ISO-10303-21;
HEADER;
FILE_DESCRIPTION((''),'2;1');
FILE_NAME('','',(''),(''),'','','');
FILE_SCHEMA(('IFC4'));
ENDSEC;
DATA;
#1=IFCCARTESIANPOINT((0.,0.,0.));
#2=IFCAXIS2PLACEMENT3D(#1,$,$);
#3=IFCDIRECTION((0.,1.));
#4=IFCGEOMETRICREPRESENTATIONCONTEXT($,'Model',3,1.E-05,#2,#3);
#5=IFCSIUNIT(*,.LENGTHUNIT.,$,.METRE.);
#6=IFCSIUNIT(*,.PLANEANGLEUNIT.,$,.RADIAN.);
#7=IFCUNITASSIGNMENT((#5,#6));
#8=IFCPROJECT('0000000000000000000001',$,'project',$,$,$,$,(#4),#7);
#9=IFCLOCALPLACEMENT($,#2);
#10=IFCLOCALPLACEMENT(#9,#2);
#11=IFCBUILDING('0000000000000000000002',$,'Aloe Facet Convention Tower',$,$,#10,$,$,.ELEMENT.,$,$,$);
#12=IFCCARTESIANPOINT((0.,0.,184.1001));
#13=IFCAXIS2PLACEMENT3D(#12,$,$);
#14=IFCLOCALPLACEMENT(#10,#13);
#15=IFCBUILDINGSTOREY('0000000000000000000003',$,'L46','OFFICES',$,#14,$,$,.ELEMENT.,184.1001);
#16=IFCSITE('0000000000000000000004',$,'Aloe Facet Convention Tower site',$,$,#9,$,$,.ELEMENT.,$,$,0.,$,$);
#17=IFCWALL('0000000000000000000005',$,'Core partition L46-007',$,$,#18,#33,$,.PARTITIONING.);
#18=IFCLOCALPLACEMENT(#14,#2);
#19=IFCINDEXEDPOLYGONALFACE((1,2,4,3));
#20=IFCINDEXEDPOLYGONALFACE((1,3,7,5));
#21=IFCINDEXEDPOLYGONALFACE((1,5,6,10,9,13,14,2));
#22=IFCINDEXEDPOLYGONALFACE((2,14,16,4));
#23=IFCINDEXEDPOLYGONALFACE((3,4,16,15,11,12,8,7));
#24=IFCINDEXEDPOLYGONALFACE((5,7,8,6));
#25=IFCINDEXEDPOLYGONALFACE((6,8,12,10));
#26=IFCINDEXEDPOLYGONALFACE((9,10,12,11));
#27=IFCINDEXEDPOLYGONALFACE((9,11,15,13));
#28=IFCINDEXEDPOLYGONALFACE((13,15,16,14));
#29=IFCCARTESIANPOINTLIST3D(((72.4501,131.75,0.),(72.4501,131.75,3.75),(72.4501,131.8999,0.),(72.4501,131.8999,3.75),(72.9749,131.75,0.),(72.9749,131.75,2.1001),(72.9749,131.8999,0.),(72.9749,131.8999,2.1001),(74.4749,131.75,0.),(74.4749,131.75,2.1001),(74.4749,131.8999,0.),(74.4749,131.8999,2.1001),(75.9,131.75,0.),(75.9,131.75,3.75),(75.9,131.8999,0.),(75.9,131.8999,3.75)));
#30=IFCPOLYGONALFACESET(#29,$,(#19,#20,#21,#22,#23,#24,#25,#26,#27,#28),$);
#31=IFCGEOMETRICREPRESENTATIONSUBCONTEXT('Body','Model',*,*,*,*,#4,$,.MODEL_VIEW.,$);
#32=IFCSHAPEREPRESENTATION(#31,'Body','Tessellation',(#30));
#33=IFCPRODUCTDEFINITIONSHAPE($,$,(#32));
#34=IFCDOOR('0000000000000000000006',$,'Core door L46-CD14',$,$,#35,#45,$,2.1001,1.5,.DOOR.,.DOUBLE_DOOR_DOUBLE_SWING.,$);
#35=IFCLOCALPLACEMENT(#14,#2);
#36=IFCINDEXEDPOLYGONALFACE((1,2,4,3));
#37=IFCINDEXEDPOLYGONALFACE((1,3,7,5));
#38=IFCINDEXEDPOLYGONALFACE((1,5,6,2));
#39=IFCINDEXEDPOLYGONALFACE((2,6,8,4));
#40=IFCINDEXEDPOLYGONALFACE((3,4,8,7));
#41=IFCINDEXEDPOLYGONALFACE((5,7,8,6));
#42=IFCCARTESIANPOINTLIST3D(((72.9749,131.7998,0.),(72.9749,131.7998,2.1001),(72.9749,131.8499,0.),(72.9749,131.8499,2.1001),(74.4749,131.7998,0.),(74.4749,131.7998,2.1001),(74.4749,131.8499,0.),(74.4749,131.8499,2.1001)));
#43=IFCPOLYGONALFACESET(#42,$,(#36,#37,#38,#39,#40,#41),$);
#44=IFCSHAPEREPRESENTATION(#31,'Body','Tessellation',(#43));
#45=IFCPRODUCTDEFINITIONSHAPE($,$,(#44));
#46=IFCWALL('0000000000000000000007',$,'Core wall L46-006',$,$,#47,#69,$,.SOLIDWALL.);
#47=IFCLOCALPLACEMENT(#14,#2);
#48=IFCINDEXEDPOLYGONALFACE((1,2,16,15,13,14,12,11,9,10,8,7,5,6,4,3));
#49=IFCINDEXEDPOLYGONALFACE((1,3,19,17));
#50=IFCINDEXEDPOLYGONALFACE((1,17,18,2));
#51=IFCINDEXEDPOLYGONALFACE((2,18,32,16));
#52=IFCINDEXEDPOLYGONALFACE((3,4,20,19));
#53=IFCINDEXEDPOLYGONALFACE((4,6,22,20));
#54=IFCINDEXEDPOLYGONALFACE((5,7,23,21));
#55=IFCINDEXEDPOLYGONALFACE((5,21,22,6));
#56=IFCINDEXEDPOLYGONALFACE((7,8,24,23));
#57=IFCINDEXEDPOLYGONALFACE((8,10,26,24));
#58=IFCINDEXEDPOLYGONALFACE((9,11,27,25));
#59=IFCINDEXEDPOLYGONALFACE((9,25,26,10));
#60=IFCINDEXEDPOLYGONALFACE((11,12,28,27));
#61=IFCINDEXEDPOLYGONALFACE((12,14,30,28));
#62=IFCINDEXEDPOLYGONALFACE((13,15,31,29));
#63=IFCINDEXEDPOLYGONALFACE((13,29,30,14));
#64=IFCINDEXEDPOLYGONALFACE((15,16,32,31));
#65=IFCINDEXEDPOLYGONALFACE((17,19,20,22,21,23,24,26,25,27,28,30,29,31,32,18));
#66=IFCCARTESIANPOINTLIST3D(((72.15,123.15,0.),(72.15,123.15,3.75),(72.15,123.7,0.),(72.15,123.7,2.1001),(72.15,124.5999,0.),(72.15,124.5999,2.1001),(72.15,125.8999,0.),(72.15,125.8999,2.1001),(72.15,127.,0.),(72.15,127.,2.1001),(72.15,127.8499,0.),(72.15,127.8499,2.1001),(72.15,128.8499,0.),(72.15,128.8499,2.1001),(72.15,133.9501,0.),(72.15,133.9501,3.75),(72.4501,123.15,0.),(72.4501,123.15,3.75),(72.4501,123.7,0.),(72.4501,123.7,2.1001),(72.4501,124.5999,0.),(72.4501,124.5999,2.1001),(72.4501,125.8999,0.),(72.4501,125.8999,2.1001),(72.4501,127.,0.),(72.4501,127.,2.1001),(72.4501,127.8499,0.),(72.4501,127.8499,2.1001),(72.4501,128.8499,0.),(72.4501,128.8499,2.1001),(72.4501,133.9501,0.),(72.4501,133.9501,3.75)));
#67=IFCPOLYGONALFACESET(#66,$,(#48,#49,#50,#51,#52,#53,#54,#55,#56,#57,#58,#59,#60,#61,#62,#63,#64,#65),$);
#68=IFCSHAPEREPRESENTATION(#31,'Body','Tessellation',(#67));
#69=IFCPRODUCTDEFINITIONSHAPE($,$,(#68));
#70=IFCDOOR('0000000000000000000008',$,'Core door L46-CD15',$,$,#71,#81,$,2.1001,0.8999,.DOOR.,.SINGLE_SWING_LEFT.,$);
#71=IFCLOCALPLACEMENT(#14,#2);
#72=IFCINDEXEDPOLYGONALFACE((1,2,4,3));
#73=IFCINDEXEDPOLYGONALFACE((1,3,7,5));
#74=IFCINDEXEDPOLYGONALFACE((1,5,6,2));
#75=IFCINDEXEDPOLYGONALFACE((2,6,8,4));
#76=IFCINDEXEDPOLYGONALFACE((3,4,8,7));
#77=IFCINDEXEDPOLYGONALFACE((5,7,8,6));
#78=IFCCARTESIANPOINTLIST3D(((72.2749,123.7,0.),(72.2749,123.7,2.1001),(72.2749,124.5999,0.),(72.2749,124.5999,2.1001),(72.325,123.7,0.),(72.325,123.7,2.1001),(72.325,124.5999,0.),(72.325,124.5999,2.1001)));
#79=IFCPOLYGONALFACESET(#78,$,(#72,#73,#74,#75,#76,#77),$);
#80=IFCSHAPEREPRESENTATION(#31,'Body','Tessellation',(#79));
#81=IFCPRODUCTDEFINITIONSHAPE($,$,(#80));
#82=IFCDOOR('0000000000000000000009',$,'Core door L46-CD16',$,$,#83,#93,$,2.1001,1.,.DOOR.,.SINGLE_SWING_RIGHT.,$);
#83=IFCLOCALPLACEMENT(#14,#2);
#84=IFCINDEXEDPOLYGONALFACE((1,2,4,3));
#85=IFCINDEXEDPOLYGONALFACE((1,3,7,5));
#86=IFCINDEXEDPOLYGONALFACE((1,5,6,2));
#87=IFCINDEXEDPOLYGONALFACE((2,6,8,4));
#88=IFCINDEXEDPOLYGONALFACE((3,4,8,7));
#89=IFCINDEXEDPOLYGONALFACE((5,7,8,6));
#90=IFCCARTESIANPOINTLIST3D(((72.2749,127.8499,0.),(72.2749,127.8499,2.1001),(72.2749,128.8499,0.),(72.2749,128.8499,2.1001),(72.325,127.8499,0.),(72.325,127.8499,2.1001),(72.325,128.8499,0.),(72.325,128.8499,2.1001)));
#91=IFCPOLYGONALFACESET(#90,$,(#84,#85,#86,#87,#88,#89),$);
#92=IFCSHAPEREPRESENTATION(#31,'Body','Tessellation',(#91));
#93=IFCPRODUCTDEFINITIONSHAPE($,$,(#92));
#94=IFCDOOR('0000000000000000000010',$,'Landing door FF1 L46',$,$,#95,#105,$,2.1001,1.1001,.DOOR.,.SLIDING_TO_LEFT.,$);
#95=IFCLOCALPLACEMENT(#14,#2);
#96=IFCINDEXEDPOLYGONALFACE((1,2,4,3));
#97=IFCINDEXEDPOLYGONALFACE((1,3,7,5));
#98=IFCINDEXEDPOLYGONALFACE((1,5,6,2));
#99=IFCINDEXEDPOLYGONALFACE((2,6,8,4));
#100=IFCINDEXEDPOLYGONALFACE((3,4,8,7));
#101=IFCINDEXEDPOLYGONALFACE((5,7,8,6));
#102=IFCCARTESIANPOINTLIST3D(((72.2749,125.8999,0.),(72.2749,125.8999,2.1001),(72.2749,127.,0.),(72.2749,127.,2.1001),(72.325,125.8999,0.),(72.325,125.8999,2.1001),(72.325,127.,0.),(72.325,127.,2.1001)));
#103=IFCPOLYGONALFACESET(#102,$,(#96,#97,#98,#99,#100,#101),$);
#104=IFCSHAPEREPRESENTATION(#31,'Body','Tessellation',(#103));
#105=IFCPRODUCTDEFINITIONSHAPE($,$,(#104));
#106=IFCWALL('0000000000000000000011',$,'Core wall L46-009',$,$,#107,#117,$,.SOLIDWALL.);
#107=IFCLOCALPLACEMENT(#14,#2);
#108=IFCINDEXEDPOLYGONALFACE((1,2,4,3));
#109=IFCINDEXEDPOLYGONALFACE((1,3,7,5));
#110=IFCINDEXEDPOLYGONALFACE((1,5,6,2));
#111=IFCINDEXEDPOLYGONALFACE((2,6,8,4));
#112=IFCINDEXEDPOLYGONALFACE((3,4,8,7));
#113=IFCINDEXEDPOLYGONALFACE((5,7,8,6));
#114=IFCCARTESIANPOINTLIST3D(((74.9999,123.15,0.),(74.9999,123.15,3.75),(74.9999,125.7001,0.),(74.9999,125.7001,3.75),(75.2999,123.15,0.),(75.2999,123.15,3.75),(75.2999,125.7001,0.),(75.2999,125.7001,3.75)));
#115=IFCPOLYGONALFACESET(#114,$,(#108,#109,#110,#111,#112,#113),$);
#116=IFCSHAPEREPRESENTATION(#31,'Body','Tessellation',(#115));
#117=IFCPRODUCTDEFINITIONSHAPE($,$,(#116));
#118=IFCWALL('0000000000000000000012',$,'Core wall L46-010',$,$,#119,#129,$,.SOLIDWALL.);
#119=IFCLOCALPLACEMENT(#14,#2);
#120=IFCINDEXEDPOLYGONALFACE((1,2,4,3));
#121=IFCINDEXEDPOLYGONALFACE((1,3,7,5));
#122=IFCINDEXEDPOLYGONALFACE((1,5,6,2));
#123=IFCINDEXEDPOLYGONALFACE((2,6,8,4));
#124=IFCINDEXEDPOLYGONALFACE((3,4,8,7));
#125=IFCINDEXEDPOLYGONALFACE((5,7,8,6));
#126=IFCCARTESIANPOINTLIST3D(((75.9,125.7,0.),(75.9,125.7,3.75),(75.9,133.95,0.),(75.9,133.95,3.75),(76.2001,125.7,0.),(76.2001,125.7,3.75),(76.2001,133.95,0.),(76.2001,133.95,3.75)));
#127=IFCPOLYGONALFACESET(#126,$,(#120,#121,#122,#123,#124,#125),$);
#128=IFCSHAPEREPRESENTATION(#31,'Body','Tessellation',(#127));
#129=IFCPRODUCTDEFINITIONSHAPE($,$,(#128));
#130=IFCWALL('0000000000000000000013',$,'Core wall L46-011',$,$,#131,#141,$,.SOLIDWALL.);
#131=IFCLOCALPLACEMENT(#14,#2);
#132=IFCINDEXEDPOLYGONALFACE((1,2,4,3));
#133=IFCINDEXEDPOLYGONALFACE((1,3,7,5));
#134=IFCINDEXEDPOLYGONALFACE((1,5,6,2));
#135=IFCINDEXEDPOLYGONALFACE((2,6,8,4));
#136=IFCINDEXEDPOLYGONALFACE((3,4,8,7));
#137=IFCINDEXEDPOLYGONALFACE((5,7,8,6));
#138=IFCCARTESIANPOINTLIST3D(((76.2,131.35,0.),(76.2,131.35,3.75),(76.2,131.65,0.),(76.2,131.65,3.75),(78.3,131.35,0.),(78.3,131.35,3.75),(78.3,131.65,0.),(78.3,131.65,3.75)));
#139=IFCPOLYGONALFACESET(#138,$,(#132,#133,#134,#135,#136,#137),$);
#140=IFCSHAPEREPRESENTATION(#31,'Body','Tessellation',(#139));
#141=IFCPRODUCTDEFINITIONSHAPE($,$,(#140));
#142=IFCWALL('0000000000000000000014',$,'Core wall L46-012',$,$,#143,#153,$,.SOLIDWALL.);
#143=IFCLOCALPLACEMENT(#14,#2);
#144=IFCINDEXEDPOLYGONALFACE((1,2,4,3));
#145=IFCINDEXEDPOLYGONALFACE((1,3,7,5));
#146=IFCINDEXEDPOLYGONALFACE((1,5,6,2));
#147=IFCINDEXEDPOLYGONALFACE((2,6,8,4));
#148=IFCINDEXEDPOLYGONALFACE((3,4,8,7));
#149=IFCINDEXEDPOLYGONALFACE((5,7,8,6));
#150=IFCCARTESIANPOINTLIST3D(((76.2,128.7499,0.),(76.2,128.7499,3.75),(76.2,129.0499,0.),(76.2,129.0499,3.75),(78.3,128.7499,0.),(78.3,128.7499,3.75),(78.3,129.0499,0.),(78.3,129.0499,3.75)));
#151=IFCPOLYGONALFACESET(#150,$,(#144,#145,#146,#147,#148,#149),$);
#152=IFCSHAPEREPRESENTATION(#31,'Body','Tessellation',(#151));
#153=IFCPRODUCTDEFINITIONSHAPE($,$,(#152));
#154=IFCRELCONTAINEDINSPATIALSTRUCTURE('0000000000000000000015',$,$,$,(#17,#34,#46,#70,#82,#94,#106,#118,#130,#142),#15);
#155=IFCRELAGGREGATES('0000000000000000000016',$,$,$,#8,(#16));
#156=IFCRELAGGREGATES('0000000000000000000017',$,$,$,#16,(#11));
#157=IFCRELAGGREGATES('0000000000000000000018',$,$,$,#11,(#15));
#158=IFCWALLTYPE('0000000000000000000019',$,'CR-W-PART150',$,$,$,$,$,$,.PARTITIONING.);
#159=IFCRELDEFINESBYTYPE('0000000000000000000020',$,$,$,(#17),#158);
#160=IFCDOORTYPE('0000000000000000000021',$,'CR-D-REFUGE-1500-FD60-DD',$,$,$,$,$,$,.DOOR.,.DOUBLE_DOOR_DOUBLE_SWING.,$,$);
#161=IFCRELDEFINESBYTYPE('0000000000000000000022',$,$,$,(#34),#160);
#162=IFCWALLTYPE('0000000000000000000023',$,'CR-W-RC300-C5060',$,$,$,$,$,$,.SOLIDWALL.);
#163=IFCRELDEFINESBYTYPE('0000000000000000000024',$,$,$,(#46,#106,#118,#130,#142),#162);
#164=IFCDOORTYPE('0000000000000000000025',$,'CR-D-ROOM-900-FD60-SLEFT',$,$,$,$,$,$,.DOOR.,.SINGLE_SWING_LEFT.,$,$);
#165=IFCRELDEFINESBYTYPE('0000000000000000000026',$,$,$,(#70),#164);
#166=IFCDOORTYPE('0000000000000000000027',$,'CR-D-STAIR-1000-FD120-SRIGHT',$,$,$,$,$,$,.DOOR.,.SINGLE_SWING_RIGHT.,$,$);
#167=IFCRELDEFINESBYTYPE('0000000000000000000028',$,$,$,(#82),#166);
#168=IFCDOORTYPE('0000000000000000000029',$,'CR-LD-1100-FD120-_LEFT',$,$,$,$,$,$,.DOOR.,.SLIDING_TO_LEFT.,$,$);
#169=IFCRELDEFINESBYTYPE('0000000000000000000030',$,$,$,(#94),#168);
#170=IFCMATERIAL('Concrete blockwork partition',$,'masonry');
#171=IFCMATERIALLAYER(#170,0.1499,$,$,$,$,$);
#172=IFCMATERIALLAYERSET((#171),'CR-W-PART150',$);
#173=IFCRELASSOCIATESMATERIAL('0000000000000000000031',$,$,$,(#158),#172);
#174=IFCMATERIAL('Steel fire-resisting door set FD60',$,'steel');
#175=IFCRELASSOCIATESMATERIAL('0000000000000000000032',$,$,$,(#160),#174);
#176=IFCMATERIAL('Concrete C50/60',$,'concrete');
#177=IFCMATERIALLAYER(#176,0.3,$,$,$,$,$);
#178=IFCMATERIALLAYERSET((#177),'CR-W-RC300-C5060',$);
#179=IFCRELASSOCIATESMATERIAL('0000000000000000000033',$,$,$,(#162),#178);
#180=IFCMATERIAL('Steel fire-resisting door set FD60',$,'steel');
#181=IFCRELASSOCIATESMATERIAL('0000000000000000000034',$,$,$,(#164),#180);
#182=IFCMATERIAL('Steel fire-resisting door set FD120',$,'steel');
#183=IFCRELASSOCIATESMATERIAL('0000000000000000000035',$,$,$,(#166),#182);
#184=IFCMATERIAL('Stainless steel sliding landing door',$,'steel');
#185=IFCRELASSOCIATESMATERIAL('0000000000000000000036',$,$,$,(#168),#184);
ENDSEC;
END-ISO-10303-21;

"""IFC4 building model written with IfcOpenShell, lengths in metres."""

from ifc_helpers import new_model, si_unit, direction, frame, frame_2d, origin, place, context, subcontext, project, spatial, rectangle, extrude, material, layer, layer_set, type_object, element, fill, save


model = new_model("IFC4")

# Units and contexts
model_context = context("Model", 3, precision=1e-05, world=origin(), true_north=direction((0.0, 1.0)))
body_context = subcontext(model_context, "Body", "Model", "MODEL_VIEW")
ifc_project = project(units=[si_unit("LENGTHUNIT", "METRE"), si_unit("PLANEANGLEUNIT", "RADIAN")], contexts=[model_context])

# Site, building, storey
site_placement = place(None, origin())
site = spatial("IfcSite", under=ifc_project, at=site_placement, Name="Aloe Facet Convention Tower site", CompositionType="ELEMENT", RefElevation=0.0)
building_placement = place(site_placement, origin())
building = spatial("IfcBuilding", under=site, at=building_placement, Name="Aloe Facet Convention Tower", CompositionType="ELEMENT")
storey_placement = place(building_placement, frame((0.0, 0.0, 184.1001)))
storey = spatial("IfcBuildingStorey", under=building, at=storey_placement, Name="L46", Description="OFFICES", CompositionType="ELEMENT", Elevation=184.1001)

# Wall, opening, door
ifc_material_1 = material(Name="Concrete blockwork partition", Category="masonry")
ifc_layer_1 = layer(ifc_material_1, 0.1499)
ifc_layer_set_1 = layer_set([ifc_layer_1], Name="CR-W-PART150")
wall_type_1 = type_object("IfcWallType", Name="CR-W-PART150", PredefinedType="PARTITIONING", material=ifc_layer_set_1)
wall_1_placement = place(storey_placement, frame((72.45, 131.825, 0.0), z_axis=(0.0, 0.0, 1.0), x_axis=(1.0, 0.0, 0.0)))
wall_1 = element("IfcWall", 1, at=wall_1_placement, inside=storey, type_object=wall_type_1, Name="Core partition L46-007", PredefinedType="PARTITIONING", context=body_context, shape_type="SweptSolid", body=[
    extrude(rectangle(XDim=3.45, YDim=0.1499, at=frame_2d((1.7251, 0.0))), origin(), (0.0, 0.0, 1.0), 3.75),
])
opening_1_placement = place(wall_1_placement, frame((0.5249, 0.0, 0.0)))
opening_1 = element("IfcOpeningElement", 2, at=opening_1_placement, cuts=wall_1, PredefinedType="OPENING", context=body_context, shape_type="SweptSolid", body=[
    extrude(rectangle(XDim=1.5, YDim=2.1001, at=frame_2d((0.75, 1.05))), frame((0.0, 0.085, 0.0), z_axis=(0.0, -1.0, 0.0), x_axis=(1.0, 0.0, 0.0)), (0.0, 0.0, 1.0), 0.1699),
])
ifc_material_2 = material(Name="Steel fire-resisting door set FD60", Category="steel")
door_type_1 = type_object("IfcDoorType", Name="CR-D-REFUGE-1500-FD60-DD", OperationType="DOUBLE_DOOR_DOUBLE_SWING", PredefinedType="DOOR", material=ifc_material_2)
door_1_placement = place(opening_1_placement, origin())
door_1 = element("IfcDoor", 3, at=door_1_placement, inside=storey, type_object=door_type_1, Name="Core door L46-CD14", OperationType="DOUBLE_DOOR_DOUBLE_SWING", OverallHeight=2.1001, OverallWidth=1.5, PredefinedType="DOOR", context=body_context, shape_type="SweptSolid", body=[
    extrude(rectangle(XDim=1.5, YDim=2.1001, at=frame_2d((0.75, 1.05))), frame((0.0, 0.0249, 0.0), z_axis=(0.0, -1.0, 0.0), x_axis=(1.0, 0.0, 0.0)), (0.0, 0.0, 1.0), 0.05),
])
fill(opening_1, door_1)

# Wall, openings, doors
ifc_material_3 = material(Name="Concrete C50/60", Category="concrete")
ifc_layer_2 = layer(ifc_material_3, 0.3)
ifc_layer_set_2 = layer_set([ifc_layer_2], Name="CR-W-RC300-C5060")
wall_type_2 = type_object("IfcWallType", Name="CR-W-RC300-C5060", PredefinedType="SOLIDWALL", material=ifc_layer_set_2)
wall_2_placement = place(storey_placement, frame((72.3, 133.95, 0.0), z_axis=(0.0, 0.0, 1.0), x_axis=(0.0, -1.0, 0.0)))
wall_2 = element("IfcWall", 4, at=wall_2_placement, inside=storey, type_object=wall_type_2, Name="Core wall L46-006", PredefinedType="SOLIDWALL", context=body_context, shape_type="SweptSolid", body=[
    extrude(rectangle(XDim=10.8, YDim=0.3, at=frame_2d((5.3999, 0.0))), origin(), (0.0, 0.0, 1.0), 3.75),
])
opening_2_placement = place(wall_2_placement, frame((6.95, 0.0, 0.0)))
opening_2 = element("IfcOpeningElement", 5, at=opening_2_placement, cuts=wall_2, PredefinedType="OPENING", context=body_context, shape_type="SweptSolid", body=[
    extrude(rectangle(XDim=1.1001, YDim=2.1001, at=frame_2d((0.55, 1.05))), frame((0.0, 0.1602, 0.0), z_axis=(0.0, -1.0, 0.0), x_axis=(1.0, 0.0, 0.0)), (0.0, 0.0, 1.0), 0.3201),
])
opening_3_placement = place(wall_2_placement, frame((9.3501, 0.0, 0.0)))
opening_3 = element("IfcOpeningElement", 6, at=opening_3_placement, cuts=wall_2, PredefinedType="OPENING", context=body_context, shape_type="SweptSolid", body=[
    extrude(rectangle(XDim=0.8999, YDim=2.1001, at=frame_2d((0.45, 1.05))), frame((0.0, 0.1602, 0.0), z_axis=(0.0, -1.0, 0.0), x_axis=(1.0, 0.0, 0.0)), (0.0, 0.0, 1.0), 0.3201),
])
opening_4_placement = place(wall_2_placement, frame((5.1001, 0.0, 0.0)))
opening_4 = element("IfcOpeningElement", 7, at=opening_4_placement, cuts=wall_2, PredefinedType="OPENING", context=body_context, shape_type="SweptSolid", body=[
    extrude(rectangle(XDim=1.0, YDim=2.1001, at=frame_2d((0.5, 1.05))), frame((0.0, 0.1602, 0.0), z_axis=(0.0, -1.0, 0.0), x_axis=(1.0, 0.0, 0.0)), (0.0, 0.0, 1.0), 0.3201),
])
ifc_material_4 = material(Name="Steel fire-resisting door set FD60", Category="steel")
door_type_2 = type_object("IfcDoorType", Name="CR-D-ROOM-900-FD60-SLEFT", OperationType="SINGLE_SWING_LEFT", PredefinedType="DOOR", material=ifc_material_4)
door_2_placement = place(opening_3_placement, origin())
door_2 = element("IfcDoor", 8, at=door_2_placement, inside=storey, type_object=door_type_2, Name="Core door L46-CD15", OperationType="SINGLE_SWING_LEFT", OverallHeight=2.1001, OverallWidth=0.8999, PredefinedType="DOOR", context=body_context, shape_type="SweptSolid", body=[
    extrude(rectangle(XDim=0.8999, YDim=2.1001, at=frame_2d((0.45, 1.05))), frame((0.0, 0.0249, 0.0), z_axis=(0.0, -1.0, 0.0), x_axis=(1.0, 0.0, 0.0)), (0.0, 0.0, 1.0), 0.05),
])
fill(opening_3, door_2)
ifc_material_5 = material(Name="Steel fire-resisting door set FD120", Category="steel")
door_type_3 = type_object("IfcDoorType", Name="CR-D-STAIR-1000-FD120-SRIGHT", OperationType="SINGLE_SWING_RIGHT", PredefinedType="DOOR", material=ifc_material_5)
door_3_placement = place(opening_4_placement, origin())
door_3 = element("IfcDoor", 9, at=door_3_placement, inside=storey, type_object=door_type_3, Name="Core door L46-CD16", OperationType="SINGLE_SWING_RIGHT", OverallHeight=2.1001, OverallWidth=1.0, PredefinedType="DOOR", context=body_context, shape_type="SweptSolid", body=[
    extrude(rectangle(XDim=1.0, YDim=2.1001, at=frame_2d((0.5, 1.05))), frame((0.0, 0.0249, 0.0), z_axis=(0.0, -1.0, 0.0), x_axis=(1.0, 0.0, 0.0)), (0.0, 0.0, 1.0), 0.05),
])
fill(opening_4, door_3)
ifc_material_6 = material(Name="Stainless steel sliding landing door", Category="steel")
door_type_4 = type_object("IfcDoorType", Name="CR-LD-1100-FD120-_LEFT", OperationType="SLIDING_TO_LEFT", PredefinedType="DOOR", material=ifc_material_6)
door_4_placement = place(opening_2_placement, origin())
door_4 = element("IfcDoor", 10, at=door_4_placement, inside=storey, type_object=door_type_4, Name="Landing door FF1 L46", OperationType="SLIDING_TO_LEFT", OverallHeight=2.1001, OverallWidth=1.1001, PredefinedType="DOOR", context=body_context, shape_type="SweptSolid", body=[
    extrude(rectangle(XDim=1.1001, YDim=2.1001, at=frame_2d((0.55, 1.05))), frame((0.0, 0.0249, 0.0), z_axis=(0.0, -1.0, 0.0), x_axis=(1.0, 0.0, 0.0)), (0.0, 0.0, 1.0), 0.05),
])
fill(opening_2, door_4)

# Walls
wall_3_placement = place(storey_placement, frame((75.1499, 125.7, 0.0), z_axis=(0.0, 0.0, 1.0), x_axis=(0.0, -1.0, 0.0)))
element("IfcWall", 11, at=wall_3_placement, inside=storey, type_object=wall_type_2, Name="Core wall L46-009", PredefinedType="SOLIDWALL", context=body_context, shape_type="SweptSolid", body=[
    extrude(rectangle(XDim=2.55, YDim=0.3, at=frame_2d((1.2749, 0.0))), origin(), (0.0, 0.0, 1.0), 3.75),
])
wall_4_placement = place(storey_placement, frame((76.05, 133.95, 0.0), z_axis=(0.0, 0.0, 1.0), x_axis=(0.0, -1.0, 0.0)))
element("IfcWall", 12, at=wall_4_placement, inside=storey, type_object=wall_type_2, Name="Core wall L46-010", PredefinedType="SOLIDWALL", context=body_context, shape_type="SweptSolid", body=[
    extrude(rectangle(XDim=8.25, YDim=0.3, at=frame_2d((4.125, 0.0))), origin(), (0.0, 0.0, 1.0), 3.75),
])
for number, where, z_axis, x_axis, name in (
    (13, (76.2, 131.5, 0.0), (0.0, 0.0, 1.0), (1.0, 0.0, 0.0), "Core wall L46-011"),
    (14, (76.2, 128.8999, 0.0), (0.0, 0.0, 1.0), (1.0, 0.0, 0.0), "Core wall L46-012"),
):
    element("IfcWall", number, at=place(storey_placement, frame(where, z_axis=z_axis, x_axis=x_axis)), inside=storey, type_object=wall_type_2, Name=name, PredefinedType="SOLIDWALL", context=body_context, shape_type="SweptSolid", body=[
        extrude(rectangle(XDim=2.1001, YDim=0.3, at=frame_2d((1.05, 0.0))), origin(), (0.0, 0.0, 1.0), 3.75),
    ])

save(model, "model.ifc")
